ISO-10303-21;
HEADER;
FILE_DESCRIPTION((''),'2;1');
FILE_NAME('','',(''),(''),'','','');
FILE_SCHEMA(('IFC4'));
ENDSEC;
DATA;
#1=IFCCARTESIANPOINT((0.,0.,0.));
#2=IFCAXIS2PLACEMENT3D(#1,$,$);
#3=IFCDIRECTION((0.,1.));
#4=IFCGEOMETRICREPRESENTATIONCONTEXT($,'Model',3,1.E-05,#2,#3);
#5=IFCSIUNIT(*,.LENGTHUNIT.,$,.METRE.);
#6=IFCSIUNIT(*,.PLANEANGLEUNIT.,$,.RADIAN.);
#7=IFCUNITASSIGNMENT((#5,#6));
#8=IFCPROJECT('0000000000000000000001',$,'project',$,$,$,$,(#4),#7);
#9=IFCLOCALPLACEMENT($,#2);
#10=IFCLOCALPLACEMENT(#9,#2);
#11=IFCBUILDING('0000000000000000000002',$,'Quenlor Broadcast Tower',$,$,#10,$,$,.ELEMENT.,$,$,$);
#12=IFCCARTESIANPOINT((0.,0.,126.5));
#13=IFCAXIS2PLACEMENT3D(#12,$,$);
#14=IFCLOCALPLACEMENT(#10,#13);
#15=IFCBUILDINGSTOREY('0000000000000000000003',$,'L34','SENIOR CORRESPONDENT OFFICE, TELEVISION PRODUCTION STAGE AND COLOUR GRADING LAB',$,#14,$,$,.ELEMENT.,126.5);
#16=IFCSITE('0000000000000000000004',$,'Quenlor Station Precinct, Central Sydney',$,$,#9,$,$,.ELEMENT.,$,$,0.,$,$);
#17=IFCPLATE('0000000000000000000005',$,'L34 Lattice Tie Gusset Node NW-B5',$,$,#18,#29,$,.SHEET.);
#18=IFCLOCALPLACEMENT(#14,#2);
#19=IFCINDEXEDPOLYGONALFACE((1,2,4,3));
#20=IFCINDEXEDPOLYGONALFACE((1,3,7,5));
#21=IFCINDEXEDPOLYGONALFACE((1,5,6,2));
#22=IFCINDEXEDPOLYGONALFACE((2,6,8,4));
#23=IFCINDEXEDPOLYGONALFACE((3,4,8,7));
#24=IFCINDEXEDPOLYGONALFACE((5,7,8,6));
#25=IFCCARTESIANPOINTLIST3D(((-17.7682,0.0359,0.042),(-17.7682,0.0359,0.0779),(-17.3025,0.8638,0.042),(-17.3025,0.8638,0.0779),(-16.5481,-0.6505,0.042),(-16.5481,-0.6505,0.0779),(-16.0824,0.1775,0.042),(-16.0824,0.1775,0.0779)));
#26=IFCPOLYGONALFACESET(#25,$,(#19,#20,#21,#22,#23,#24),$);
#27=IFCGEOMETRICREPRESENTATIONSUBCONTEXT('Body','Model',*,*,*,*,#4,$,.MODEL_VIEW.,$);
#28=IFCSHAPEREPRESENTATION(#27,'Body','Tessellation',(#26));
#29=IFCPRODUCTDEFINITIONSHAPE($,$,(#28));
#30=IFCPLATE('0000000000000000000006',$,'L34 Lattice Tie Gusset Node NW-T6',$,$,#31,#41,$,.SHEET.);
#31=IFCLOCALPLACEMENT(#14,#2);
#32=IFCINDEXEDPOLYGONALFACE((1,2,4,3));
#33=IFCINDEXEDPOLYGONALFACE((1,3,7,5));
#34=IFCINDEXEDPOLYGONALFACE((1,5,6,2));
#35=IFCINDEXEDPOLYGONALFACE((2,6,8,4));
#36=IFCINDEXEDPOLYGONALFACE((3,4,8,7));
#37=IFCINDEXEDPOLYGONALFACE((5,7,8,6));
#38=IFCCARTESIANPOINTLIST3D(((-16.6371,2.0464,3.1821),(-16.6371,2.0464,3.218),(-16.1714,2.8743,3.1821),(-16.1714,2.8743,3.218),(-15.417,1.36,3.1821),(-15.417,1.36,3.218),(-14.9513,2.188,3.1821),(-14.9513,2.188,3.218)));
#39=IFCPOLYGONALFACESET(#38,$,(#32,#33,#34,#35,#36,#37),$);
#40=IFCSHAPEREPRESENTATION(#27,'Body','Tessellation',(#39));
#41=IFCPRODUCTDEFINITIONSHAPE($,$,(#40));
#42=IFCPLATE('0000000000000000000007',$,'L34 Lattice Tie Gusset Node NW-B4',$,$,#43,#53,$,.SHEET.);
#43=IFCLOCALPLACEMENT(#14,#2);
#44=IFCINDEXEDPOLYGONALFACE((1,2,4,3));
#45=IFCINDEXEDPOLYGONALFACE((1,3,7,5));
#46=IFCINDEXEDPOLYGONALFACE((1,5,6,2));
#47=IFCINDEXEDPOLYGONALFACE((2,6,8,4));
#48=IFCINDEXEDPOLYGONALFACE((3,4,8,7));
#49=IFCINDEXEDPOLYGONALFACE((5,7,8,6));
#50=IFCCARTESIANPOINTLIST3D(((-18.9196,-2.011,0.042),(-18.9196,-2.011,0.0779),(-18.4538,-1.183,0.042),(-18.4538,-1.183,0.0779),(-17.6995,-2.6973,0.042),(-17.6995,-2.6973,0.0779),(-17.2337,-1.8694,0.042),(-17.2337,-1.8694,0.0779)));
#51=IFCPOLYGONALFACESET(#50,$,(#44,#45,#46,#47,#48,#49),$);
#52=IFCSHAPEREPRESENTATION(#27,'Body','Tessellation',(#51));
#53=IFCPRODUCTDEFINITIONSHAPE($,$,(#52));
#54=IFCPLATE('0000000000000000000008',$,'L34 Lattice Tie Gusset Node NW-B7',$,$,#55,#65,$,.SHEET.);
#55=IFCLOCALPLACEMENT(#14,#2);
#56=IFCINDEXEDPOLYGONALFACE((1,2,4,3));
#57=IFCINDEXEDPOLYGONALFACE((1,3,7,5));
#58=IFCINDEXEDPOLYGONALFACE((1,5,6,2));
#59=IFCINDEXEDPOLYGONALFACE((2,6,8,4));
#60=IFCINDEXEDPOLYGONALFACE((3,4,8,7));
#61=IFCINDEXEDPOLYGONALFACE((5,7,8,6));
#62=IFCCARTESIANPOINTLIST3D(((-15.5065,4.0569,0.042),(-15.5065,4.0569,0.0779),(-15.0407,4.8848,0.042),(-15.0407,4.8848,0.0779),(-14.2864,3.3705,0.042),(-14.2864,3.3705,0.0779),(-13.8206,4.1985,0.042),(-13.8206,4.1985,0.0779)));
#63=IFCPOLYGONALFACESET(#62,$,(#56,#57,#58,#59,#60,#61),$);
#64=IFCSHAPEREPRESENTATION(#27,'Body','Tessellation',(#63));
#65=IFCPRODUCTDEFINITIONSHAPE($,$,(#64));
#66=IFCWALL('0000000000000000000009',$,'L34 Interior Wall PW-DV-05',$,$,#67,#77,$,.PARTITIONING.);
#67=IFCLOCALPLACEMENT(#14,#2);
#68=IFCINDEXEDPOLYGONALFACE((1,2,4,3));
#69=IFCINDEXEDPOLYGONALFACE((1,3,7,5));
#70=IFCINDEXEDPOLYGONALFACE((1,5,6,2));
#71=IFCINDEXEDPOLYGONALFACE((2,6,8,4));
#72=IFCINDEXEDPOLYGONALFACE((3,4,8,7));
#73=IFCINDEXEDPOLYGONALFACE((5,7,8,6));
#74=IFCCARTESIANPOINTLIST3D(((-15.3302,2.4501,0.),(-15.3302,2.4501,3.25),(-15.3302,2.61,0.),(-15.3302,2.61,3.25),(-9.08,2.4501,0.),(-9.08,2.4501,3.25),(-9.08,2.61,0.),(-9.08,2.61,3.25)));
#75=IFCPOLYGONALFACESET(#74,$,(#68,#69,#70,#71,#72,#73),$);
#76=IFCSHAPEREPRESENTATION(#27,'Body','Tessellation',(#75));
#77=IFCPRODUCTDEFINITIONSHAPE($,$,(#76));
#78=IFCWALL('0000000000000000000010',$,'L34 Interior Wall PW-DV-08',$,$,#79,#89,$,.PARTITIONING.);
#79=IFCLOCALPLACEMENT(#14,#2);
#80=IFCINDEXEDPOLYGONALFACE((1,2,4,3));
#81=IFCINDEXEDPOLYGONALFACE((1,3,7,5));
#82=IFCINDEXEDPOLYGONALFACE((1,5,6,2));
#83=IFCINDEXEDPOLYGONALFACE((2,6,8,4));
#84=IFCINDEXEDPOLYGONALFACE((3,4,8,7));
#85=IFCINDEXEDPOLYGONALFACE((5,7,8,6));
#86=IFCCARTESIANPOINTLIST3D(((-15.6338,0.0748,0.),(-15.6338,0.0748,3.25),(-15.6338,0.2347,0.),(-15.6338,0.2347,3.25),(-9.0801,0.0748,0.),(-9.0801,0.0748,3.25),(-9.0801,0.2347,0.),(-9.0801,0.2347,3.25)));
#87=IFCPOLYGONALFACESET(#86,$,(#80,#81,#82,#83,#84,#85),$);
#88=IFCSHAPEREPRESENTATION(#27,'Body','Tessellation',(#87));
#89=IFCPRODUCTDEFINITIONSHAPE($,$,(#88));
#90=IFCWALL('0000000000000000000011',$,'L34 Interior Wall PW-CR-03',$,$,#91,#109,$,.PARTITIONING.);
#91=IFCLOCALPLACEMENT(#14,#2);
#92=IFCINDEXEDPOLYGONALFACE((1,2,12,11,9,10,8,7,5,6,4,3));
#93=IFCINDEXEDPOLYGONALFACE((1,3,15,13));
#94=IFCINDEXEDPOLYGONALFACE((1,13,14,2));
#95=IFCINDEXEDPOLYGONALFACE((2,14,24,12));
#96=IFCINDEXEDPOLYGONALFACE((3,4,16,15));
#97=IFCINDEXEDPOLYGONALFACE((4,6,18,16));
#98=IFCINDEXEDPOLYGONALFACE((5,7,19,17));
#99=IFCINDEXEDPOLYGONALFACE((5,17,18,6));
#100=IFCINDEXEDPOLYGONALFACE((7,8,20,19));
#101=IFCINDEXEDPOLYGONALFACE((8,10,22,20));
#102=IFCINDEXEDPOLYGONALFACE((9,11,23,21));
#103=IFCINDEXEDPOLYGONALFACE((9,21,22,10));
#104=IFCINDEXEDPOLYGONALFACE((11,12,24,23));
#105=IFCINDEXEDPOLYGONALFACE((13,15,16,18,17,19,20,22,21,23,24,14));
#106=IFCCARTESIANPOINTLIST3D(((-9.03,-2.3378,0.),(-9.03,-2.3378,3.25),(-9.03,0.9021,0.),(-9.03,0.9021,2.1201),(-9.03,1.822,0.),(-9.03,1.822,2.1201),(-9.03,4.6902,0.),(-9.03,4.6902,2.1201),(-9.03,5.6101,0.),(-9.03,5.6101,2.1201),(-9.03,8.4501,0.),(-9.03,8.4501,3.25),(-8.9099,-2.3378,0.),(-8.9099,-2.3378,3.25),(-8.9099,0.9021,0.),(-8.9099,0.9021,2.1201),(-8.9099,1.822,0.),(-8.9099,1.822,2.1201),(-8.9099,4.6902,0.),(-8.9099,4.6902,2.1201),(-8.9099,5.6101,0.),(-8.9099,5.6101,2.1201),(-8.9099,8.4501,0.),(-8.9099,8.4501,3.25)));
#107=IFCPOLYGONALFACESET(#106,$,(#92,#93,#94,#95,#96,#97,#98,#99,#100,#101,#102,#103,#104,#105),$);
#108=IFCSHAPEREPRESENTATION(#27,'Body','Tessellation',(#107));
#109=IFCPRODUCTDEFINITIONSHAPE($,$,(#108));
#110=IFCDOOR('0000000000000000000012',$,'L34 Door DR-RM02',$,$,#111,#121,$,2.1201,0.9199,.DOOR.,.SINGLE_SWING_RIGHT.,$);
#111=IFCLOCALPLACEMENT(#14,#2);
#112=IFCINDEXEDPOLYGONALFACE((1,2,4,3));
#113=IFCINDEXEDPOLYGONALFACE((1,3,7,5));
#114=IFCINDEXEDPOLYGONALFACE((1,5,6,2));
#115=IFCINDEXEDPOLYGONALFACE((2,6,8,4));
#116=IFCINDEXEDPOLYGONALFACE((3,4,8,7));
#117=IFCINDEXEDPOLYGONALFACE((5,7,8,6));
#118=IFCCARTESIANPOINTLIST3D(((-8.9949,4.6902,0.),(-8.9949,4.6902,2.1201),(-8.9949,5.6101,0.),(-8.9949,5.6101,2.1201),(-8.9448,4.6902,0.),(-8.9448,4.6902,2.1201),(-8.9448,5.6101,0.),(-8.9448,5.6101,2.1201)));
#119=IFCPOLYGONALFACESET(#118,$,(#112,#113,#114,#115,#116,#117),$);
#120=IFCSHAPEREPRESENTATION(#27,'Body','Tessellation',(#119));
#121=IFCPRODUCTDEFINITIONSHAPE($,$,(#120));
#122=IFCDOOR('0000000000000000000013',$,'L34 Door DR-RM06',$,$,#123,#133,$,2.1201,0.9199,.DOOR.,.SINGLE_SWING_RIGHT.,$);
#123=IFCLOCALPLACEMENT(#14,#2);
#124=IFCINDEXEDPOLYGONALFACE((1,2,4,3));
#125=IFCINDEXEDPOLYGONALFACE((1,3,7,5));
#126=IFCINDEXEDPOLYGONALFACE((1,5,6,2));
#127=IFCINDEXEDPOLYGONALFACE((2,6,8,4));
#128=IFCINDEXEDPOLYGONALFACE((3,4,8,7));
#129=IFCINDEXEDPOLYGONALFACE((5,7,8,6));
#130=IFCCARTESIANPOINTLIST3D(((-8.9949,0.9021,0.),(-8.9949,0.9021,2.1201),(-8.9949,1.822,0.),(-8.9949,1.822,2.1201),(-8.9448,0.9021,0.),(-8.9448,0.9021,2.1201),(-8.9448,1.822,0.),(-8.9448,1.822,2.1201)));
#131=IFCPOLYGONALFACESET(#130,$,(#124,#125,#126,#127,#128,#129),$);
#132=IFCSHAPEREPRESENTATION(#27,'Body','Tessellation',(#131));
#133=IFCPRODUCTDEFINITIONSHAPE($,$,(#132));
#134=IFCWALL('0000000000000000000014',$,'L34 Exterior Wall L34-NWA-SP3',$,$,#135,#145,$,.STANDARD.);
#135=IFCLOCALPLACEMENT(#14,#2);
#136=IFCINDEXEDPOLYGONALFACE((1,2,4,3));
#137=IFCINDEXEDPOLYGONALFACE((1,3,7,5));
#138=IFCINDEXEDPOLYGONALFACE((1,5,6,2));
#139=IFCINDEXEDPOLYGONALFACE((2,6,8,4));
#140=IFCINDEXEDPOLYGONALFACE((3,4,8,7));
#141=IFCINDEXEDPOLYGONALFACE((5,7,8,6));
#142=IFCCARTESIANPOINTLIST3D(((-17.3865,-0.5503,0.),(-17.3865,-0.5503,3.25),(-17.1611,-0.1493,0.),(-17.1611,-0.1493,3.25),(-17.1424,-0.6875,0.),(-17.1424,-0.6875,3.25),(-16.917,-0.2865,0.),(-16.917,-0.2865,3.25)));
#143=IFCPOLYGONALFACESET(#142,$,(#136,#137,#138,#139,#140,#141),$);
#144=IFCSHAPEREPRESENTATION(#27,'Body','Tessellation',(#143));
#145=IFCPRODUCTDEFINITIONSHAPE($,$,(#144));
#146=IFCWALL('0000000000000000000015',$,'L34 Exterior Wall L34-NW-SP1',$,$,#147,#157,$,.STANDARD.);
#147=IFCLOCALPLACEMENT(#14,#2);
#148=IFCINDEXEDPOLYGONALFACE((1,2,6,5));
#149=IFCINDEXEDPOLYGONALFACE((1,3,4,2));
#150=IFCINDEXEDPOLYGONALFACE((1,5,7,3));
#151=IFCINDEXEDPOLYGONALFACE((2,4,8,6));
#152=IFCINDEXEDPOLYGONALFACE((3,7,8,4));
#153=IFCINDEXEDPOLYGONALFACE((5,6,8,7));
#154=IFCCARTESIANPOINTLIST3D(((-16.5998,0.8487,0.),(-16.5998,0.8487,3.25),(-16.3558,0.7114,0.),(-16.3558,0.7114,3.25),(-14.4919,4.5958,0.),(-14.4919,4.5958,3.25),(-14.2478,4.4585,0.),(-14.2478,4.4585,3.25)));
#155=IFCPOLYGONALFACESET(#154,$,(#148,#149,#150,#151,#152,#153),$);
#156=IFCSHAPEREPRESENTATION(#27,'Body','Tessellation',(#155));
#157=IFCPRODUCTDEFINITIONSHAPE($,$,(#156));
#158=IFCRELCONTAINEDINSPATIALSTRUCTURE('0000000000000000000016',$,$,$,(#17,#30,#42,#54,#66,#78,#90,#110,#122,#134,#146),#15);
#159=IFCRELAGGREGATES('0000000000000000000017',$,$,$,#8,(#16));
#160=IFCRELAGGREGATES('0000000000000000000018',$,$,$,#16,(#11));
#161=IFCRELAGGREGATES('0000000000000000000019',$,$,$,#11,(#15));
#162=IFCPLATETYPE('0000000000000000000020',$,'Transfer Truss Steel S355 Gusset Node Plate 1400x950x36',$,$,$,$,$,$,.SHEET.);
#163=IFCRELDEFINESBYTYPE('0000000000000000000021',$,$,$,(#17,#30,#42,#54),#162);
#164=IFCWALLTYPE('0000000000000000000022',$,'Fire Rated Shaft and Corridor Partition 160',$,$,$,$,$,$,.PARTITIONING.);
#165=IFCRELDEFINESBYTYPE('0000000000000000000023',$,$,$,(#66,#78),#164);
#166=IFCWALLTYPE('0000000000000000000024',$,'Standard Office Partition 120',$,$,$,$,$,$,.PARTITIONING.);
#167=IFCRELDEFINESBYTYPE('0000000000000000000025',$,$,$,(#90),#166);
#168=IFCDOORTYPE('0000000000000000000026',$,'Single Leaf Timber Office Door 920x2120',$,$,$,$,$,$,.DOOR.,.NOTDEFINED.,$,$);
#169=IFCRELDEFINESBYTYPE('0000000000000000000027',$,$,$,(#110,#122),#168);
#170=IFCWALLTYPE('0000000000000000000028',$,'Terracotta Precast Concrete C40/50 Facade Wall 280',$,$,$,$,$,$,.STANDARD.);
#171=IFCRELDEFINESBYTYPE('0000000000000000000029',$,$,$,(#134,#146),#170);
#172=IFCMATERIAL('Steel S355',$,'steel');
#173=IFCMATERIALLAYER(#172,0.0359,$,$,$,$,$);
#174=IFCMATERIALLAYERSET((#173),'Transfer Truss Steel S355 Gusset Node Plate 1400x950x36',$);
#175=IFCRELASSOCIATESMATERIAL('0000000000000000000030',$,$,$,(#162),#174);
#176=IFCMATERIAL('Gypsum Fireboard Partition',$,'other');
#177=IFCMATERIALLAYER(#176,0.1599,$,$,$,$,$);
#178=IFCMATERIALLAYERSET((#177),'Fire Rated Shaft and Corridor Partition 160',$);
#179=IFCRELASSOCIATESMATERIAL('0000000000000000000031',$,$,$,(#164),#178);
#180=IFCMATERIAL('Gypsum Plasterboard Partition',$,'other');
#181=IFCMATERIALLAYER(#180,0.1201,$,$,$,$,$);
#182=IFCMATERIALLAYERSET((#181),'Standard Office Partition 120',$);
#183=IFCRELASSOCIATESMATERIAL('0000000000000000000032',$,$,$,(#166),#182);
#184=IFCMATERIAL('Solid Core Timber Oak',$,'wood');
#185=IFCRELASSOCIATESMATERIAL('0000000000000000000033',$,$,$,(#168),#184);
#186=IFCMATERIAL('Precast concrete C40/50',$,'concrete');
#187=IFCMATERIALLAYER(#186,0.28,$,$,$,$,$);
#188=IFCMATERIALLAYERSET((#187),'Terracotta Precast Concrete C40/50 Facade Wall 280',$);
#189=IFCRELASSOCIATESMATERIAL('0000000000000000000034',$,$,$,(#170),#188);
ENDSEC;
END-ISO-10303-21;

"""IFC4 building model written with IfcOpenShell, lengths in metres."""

from ifc_helpers import new_model, si_unit, direction, frame, frame_2d, origin, origin_2d, place, context, subcontext, project, spatial, rectangle, extrude, material, layer, layer_set, type_object, element, fill, save


model = new_model("IFC4")

# Units and contexts
model_context = context("Model", 3, precision=1e-05, world=origin(), true_north=direction((0.0, 1.0)))
body_context = subcontext(model_context, "Body", "Model", "MODEL_VIEW")
ifc_project = project(units=[si_unit("LENGTHUNIT", "METRE"), si_unit("PLANEANGLEUNIT", "RADIAN")], contexts=[model_context])

# Site, building, storey
site_placement = place(None, origin())
site = spatial("IfcSite", under=ifc_project, at=site_placement, Name="Quenlor Station Precinct, Central Sydney", CompositionType="ELEMENT", RefElevation=0.0)
building_placement = place(site_placement, origin())
building = spatial("IfcBuilding", under=site, at=building_placement, Name="Quenlor Broadcast Tower", CompositionType="ELEMENT")
storey_placement = place(building_placement, frame((0.0, 0.0, 126.5)))
storey = spatial("IfcBuildingStorey", under=building, at=storey_placement, Name="L34", Description="SENIOR CORRESPONDENT OFFICE, TELEVISION PRODUCTION STAGE AND COLOUR GRADING LAB", CompositionType="ELEMENT", Elevation=126.5)

# Plates
ifc_material_1 = material(Name="Steel S355", Category="steel")
ifc_layer_1 = layer(ifc_material_1, 0.0359)
ifc_layer_set_1 = layer_set([ifc_layer_1], Name="Transfer Truss Steel S355 Gusset Node Plate 1400x950x36")
plate_type_1 = type_object("IfcPlateType", Name="Transfer Truss Steel S355 Gusset Node Plate 1400x950x36", PredefinedType="SHEET", material=ifc_layer_set_1)
for number, where, z_axis, x_axis, name in (
    (1, (-16.9253, 0.1067, 0.042), (0.0, 0.0, 1.0), (-0.871556, 0.490295, 0.0), "L34 Lattice Tie Gusset Node NW-B5"),
    (2, (-15.7942, 2.1172, 3.1821), (0.0, 0.0, 1.0), (-0.871556, 0.490295, 0.0), "L34 Lattice Tie Gusset Node NW-T6"),
    (3, (-18.0767, -1.9402, 0.042), (0.0, 0.0, 1.0), (-0.871556, 0.490295, 0.0), "L34 Lattice Tie Gusset Node NW-B4"),
    (4, (-14.6636, 4.1277, 0.042), (0.0, 0.0, 1.0), (-0.871556, 0.490295, 0.0), "L34 Lattice Tie Gusset Node NW-B7"),
):
    element("IfcPlate", number, at=place(storey_placement, frame(where, z_axis=z_axis, x_axis=x_axis)), inside=storey, type_object=plate_type_1, Name=name, PredefinedType="SHEET", context=body_context, shape_type="SweptSolid", body=[
        extrude(rectangle(XDim=1.3999, YDim=0.95, at=origin_2d()), origin(), (0.0, 0.0, 1.0), 0.0359),
    ])

# Walls
ifc_material_2 = material(Name="Gypsum Fireboard Partition", Category="other")
ifc_layer_2 = layer(ifc_material_2, 0.1599)
ifc_layer_set_2 = layer_set([ifc_layer_2], Name="Fire Rated Shaft and Corridor Partition 160")
wall_type_1 = type_object("IfcWallType", Name="Fire Rated Shaft and Corridor Partition 160", PredefinedType="PARTITIONING", material=ifc_layer_set_2)
wall_1_placement = place(storey_placement, frame((-9.0801, 2.53, 0.0), z_axis=(0.0, 0.0, 1.0), x_axis=(-1.0, 0.0, 0.0)))
element("IfcWall", 5, at=wall_1_placement, inside=storey, type_object=wall_type_1, Name="L34 Interior Wall PW-DV-05", PredefinedType="PARTITIONING", context=body_context, shape_type="SweptSolid", body=[
    extrude(rectangle(XDim=6.2502, YDim=0.1599, at=frame_2d((3.125, 0.0))), origin(), (0.0, 0.0, 1.0), 3.25),
])
wall_2_placement = place(storey_placement, frame((-9.0801, 0.1548, 0.0), z_axis=(0.0, 0.0, 1.0), x_axis=(-1.0, 0.0, 0.0)))
element("IfcWall", 6, at=wall_2_placement, inside=storey, type_object=wall_type_1, Name="L34 Interior Wall PW-DV-08", PredefinedType="PARTITIONING", context=body_context, shape_type="SweptSolid", body=[
    extrude(rectangle(XDim=6.5537, YDim=0.1599, at=frame_2d((3.2769, 0.0))), origin(), (0.0, 0.0, 1.0), 3.25),
])

# Wall, openings, doors
ifc_material_3 = material(Name="Gypsum Plasterboard Partition", Category="other")
ifc_layer_3 = layer(ifc_material_3, 0.1201)
ifc_layer_set_3 = layer_set([ifc_layer_3], Name="Standard Office Partition 120")
wall_type_2 = type_object("IfcWallType", Name="Standard Office Partition 120", PredefinedType="PARTITIONING", material=ifc_layer_set_3)
wall_3_placement = place(storey_placement, frame((-8.97, -2.3379, 0.0), z_axis=(0.0, 0.0, 1.0), x_axis=(0.0, 1.0, 0.0)))
wall_3 = element("IfcWall", 7, at=wall_3_placement, inside=storey, type_object=wall_type_2, Name="L34 Interior Wall PW-CR-03", PredefinedType="PARTITIONING", context=body_context, shape_type="SweptSolid", body=[
    extrude(rectangle(XDim=10.7878, YDim=0.1201, at=frame_2d((5.394, 0.0))), origin(), (0.0, 0.0, 1.0), 3.25),
])
opening_1_placement = place(wall_3_placement, frame((7.0281, 0.0, 0.0)))
opening_1 = element("IfcOpeningElement", 8, at=opening_1_placement, cuts=wall_3, PredefinedType="OPENING", context=body_context, shape_type="SweptSolid", body=[
    extrude(rectangle(XDim=0.9199, YDim=2.1201, at=frame_2d((0.46, 1.0601))), frame((0.0, 0.0701, 0.0), z_axis=(0.0, -1.0, 0.0), x_axis=(1.0, 0.0, 0.0)), (0.0, 0.0, 1.0), 0.1401),
])
opening_2_placement = place(wall_3_placement, frame((3.24, 0.0, 0.0)))
opening_2 = element("IfcOpeningElement", 9, at=opening_2_placement, cuts=wall_3, PredefinedType="OPENING", context=body_context, shape_type="SweptSolid", body=[
    extrude(rectangle(XDim=0.9199, YDim=2.1201, at=frame_2d((0.46, 1.0601))), frame((0.0, 0.0701, 0.0), z_axis=(0.0, -1.0, 0.0), x_axis=(1.0, 0.0, 0.0)), (0.0, 0.0, 1.0), 0.1401),
])
ifc_material_4 = material(Name="Solid Core Timber Oak", Category="wood")
door_type = type_object("IfcDoorType", Name="Single Leaf Timber Office Door 920x2120", OperationType="NOTDEFINED", PredefinedType="DOOR", material=ifc_material_4)
door_1_placement = place(opening_1_placement, origin())
door_1 = element("IfcDoor", 10, at=door_1_placement, inside=storey, type_object=door_type, Name="L34 Door DR-RM02", OperationType="SINGLE_SWING_RIGHT", OverallHeight=2.1201, OverallWidth=0.9199, PredefinedType="DOOR", context=body_context, shape_type="SweptSolid", body=[
    extrude(rectangle(XDim=0.9199, YDim=2.1201, at=frame_2d((0.46, 1.0601))), frame((0.0, 0.0249, 0.0), z_axis=(0.0, -1.0, 0.0), x_axis=(1.0, 0.0, 0.0)), (0.0, 0.0, 1.0), 0.05),
])
fill(opening_1, door_1)
door_2_placement = place(opening_2_placement, origin())
door_2 = element("IfcDoor", 11, at=door_2_placement, inside=storey, type_object=door_type, Name="L34 Door DR-RM06", OperationType="SINGLE_SWING_RIGHT", OverallHeight=2.1201, OverallWidth=0.9199, PredefinedType="DOOR", context=body_context, shape_type="SweptSolid", body=[
    extrude(rectangle(XDim=0.9199, YDim=2.1201, at=frame_2d((0.46, 1.0601))), frame((0.0, 0.0249, 0.0), z_axis=(0.0, -1.0, 0.0), x_axis=(1.0, 0.0, 0.0)), (0.0, 0.0, 1.0), 0.05),
])
fill(opening_2, door_2)

# Walls
ifc_material_5 = material(Name="Precast concrete C40/50", Category="concrete")
ifc_layer_4 = layer(ifc_material_5, 0.28)
ifc_layer_set_4 = layer_set([ifc_layer_4], Name="Terracotta Precast Concrete C40/50 Facade Wall 280")
wall_type_3 = type_object("IfcWallType", Name="Terracotta Precast Concrete C40/50 Facade Wall 280", PredefinedType="STANDARD", material=ifc_layer_set_4)
wall_4_placement = place(storey_placement, frame((-17.2644, -0.6189, 0.0), z_axis=(0.0, 0.0, 1.0), x_axis=(0.490009, 0.871717, 0.0)))
element("IfcWall", 12, at=wall_4_placement, inside=storey, type_object=wall_type_3, Name="L34 Exterior Wall L34-NWA-SP3", PredefinedType="STANDARD", context=body_context, shape_type="SweptSolid", body=[
    extrude(rectangle(XDim=0.46, YDim=0.28, at=frame_2d((0.23, 0.0))), origin(), (0.0, 0.0, 1.0), 3.25),
])
wall_5_placement = place(storey_placement, frame((-16.4778, 0.78, 0.0), z_axis=(0.0, 0.0, 1.0), x_axis=(0.490294, 0.871557, 0.0)))
element("IfcWall", 13, at=wall_5_placement, inside=storey, type_object=wall_type_3, Name="L34 Exterior Wall L34-NW-SP1", PredefinedType="STANDARD", context=body_context, shape_type="SweptSolid", body=[
    extrude(rectangle(XDim=4.2993, YDim=0.28, at=frame_2d((2.1497, 0.0))), origin(), (0.0, 0.0, 1.0), 3.25),
])

save(model, "model.ifc")
